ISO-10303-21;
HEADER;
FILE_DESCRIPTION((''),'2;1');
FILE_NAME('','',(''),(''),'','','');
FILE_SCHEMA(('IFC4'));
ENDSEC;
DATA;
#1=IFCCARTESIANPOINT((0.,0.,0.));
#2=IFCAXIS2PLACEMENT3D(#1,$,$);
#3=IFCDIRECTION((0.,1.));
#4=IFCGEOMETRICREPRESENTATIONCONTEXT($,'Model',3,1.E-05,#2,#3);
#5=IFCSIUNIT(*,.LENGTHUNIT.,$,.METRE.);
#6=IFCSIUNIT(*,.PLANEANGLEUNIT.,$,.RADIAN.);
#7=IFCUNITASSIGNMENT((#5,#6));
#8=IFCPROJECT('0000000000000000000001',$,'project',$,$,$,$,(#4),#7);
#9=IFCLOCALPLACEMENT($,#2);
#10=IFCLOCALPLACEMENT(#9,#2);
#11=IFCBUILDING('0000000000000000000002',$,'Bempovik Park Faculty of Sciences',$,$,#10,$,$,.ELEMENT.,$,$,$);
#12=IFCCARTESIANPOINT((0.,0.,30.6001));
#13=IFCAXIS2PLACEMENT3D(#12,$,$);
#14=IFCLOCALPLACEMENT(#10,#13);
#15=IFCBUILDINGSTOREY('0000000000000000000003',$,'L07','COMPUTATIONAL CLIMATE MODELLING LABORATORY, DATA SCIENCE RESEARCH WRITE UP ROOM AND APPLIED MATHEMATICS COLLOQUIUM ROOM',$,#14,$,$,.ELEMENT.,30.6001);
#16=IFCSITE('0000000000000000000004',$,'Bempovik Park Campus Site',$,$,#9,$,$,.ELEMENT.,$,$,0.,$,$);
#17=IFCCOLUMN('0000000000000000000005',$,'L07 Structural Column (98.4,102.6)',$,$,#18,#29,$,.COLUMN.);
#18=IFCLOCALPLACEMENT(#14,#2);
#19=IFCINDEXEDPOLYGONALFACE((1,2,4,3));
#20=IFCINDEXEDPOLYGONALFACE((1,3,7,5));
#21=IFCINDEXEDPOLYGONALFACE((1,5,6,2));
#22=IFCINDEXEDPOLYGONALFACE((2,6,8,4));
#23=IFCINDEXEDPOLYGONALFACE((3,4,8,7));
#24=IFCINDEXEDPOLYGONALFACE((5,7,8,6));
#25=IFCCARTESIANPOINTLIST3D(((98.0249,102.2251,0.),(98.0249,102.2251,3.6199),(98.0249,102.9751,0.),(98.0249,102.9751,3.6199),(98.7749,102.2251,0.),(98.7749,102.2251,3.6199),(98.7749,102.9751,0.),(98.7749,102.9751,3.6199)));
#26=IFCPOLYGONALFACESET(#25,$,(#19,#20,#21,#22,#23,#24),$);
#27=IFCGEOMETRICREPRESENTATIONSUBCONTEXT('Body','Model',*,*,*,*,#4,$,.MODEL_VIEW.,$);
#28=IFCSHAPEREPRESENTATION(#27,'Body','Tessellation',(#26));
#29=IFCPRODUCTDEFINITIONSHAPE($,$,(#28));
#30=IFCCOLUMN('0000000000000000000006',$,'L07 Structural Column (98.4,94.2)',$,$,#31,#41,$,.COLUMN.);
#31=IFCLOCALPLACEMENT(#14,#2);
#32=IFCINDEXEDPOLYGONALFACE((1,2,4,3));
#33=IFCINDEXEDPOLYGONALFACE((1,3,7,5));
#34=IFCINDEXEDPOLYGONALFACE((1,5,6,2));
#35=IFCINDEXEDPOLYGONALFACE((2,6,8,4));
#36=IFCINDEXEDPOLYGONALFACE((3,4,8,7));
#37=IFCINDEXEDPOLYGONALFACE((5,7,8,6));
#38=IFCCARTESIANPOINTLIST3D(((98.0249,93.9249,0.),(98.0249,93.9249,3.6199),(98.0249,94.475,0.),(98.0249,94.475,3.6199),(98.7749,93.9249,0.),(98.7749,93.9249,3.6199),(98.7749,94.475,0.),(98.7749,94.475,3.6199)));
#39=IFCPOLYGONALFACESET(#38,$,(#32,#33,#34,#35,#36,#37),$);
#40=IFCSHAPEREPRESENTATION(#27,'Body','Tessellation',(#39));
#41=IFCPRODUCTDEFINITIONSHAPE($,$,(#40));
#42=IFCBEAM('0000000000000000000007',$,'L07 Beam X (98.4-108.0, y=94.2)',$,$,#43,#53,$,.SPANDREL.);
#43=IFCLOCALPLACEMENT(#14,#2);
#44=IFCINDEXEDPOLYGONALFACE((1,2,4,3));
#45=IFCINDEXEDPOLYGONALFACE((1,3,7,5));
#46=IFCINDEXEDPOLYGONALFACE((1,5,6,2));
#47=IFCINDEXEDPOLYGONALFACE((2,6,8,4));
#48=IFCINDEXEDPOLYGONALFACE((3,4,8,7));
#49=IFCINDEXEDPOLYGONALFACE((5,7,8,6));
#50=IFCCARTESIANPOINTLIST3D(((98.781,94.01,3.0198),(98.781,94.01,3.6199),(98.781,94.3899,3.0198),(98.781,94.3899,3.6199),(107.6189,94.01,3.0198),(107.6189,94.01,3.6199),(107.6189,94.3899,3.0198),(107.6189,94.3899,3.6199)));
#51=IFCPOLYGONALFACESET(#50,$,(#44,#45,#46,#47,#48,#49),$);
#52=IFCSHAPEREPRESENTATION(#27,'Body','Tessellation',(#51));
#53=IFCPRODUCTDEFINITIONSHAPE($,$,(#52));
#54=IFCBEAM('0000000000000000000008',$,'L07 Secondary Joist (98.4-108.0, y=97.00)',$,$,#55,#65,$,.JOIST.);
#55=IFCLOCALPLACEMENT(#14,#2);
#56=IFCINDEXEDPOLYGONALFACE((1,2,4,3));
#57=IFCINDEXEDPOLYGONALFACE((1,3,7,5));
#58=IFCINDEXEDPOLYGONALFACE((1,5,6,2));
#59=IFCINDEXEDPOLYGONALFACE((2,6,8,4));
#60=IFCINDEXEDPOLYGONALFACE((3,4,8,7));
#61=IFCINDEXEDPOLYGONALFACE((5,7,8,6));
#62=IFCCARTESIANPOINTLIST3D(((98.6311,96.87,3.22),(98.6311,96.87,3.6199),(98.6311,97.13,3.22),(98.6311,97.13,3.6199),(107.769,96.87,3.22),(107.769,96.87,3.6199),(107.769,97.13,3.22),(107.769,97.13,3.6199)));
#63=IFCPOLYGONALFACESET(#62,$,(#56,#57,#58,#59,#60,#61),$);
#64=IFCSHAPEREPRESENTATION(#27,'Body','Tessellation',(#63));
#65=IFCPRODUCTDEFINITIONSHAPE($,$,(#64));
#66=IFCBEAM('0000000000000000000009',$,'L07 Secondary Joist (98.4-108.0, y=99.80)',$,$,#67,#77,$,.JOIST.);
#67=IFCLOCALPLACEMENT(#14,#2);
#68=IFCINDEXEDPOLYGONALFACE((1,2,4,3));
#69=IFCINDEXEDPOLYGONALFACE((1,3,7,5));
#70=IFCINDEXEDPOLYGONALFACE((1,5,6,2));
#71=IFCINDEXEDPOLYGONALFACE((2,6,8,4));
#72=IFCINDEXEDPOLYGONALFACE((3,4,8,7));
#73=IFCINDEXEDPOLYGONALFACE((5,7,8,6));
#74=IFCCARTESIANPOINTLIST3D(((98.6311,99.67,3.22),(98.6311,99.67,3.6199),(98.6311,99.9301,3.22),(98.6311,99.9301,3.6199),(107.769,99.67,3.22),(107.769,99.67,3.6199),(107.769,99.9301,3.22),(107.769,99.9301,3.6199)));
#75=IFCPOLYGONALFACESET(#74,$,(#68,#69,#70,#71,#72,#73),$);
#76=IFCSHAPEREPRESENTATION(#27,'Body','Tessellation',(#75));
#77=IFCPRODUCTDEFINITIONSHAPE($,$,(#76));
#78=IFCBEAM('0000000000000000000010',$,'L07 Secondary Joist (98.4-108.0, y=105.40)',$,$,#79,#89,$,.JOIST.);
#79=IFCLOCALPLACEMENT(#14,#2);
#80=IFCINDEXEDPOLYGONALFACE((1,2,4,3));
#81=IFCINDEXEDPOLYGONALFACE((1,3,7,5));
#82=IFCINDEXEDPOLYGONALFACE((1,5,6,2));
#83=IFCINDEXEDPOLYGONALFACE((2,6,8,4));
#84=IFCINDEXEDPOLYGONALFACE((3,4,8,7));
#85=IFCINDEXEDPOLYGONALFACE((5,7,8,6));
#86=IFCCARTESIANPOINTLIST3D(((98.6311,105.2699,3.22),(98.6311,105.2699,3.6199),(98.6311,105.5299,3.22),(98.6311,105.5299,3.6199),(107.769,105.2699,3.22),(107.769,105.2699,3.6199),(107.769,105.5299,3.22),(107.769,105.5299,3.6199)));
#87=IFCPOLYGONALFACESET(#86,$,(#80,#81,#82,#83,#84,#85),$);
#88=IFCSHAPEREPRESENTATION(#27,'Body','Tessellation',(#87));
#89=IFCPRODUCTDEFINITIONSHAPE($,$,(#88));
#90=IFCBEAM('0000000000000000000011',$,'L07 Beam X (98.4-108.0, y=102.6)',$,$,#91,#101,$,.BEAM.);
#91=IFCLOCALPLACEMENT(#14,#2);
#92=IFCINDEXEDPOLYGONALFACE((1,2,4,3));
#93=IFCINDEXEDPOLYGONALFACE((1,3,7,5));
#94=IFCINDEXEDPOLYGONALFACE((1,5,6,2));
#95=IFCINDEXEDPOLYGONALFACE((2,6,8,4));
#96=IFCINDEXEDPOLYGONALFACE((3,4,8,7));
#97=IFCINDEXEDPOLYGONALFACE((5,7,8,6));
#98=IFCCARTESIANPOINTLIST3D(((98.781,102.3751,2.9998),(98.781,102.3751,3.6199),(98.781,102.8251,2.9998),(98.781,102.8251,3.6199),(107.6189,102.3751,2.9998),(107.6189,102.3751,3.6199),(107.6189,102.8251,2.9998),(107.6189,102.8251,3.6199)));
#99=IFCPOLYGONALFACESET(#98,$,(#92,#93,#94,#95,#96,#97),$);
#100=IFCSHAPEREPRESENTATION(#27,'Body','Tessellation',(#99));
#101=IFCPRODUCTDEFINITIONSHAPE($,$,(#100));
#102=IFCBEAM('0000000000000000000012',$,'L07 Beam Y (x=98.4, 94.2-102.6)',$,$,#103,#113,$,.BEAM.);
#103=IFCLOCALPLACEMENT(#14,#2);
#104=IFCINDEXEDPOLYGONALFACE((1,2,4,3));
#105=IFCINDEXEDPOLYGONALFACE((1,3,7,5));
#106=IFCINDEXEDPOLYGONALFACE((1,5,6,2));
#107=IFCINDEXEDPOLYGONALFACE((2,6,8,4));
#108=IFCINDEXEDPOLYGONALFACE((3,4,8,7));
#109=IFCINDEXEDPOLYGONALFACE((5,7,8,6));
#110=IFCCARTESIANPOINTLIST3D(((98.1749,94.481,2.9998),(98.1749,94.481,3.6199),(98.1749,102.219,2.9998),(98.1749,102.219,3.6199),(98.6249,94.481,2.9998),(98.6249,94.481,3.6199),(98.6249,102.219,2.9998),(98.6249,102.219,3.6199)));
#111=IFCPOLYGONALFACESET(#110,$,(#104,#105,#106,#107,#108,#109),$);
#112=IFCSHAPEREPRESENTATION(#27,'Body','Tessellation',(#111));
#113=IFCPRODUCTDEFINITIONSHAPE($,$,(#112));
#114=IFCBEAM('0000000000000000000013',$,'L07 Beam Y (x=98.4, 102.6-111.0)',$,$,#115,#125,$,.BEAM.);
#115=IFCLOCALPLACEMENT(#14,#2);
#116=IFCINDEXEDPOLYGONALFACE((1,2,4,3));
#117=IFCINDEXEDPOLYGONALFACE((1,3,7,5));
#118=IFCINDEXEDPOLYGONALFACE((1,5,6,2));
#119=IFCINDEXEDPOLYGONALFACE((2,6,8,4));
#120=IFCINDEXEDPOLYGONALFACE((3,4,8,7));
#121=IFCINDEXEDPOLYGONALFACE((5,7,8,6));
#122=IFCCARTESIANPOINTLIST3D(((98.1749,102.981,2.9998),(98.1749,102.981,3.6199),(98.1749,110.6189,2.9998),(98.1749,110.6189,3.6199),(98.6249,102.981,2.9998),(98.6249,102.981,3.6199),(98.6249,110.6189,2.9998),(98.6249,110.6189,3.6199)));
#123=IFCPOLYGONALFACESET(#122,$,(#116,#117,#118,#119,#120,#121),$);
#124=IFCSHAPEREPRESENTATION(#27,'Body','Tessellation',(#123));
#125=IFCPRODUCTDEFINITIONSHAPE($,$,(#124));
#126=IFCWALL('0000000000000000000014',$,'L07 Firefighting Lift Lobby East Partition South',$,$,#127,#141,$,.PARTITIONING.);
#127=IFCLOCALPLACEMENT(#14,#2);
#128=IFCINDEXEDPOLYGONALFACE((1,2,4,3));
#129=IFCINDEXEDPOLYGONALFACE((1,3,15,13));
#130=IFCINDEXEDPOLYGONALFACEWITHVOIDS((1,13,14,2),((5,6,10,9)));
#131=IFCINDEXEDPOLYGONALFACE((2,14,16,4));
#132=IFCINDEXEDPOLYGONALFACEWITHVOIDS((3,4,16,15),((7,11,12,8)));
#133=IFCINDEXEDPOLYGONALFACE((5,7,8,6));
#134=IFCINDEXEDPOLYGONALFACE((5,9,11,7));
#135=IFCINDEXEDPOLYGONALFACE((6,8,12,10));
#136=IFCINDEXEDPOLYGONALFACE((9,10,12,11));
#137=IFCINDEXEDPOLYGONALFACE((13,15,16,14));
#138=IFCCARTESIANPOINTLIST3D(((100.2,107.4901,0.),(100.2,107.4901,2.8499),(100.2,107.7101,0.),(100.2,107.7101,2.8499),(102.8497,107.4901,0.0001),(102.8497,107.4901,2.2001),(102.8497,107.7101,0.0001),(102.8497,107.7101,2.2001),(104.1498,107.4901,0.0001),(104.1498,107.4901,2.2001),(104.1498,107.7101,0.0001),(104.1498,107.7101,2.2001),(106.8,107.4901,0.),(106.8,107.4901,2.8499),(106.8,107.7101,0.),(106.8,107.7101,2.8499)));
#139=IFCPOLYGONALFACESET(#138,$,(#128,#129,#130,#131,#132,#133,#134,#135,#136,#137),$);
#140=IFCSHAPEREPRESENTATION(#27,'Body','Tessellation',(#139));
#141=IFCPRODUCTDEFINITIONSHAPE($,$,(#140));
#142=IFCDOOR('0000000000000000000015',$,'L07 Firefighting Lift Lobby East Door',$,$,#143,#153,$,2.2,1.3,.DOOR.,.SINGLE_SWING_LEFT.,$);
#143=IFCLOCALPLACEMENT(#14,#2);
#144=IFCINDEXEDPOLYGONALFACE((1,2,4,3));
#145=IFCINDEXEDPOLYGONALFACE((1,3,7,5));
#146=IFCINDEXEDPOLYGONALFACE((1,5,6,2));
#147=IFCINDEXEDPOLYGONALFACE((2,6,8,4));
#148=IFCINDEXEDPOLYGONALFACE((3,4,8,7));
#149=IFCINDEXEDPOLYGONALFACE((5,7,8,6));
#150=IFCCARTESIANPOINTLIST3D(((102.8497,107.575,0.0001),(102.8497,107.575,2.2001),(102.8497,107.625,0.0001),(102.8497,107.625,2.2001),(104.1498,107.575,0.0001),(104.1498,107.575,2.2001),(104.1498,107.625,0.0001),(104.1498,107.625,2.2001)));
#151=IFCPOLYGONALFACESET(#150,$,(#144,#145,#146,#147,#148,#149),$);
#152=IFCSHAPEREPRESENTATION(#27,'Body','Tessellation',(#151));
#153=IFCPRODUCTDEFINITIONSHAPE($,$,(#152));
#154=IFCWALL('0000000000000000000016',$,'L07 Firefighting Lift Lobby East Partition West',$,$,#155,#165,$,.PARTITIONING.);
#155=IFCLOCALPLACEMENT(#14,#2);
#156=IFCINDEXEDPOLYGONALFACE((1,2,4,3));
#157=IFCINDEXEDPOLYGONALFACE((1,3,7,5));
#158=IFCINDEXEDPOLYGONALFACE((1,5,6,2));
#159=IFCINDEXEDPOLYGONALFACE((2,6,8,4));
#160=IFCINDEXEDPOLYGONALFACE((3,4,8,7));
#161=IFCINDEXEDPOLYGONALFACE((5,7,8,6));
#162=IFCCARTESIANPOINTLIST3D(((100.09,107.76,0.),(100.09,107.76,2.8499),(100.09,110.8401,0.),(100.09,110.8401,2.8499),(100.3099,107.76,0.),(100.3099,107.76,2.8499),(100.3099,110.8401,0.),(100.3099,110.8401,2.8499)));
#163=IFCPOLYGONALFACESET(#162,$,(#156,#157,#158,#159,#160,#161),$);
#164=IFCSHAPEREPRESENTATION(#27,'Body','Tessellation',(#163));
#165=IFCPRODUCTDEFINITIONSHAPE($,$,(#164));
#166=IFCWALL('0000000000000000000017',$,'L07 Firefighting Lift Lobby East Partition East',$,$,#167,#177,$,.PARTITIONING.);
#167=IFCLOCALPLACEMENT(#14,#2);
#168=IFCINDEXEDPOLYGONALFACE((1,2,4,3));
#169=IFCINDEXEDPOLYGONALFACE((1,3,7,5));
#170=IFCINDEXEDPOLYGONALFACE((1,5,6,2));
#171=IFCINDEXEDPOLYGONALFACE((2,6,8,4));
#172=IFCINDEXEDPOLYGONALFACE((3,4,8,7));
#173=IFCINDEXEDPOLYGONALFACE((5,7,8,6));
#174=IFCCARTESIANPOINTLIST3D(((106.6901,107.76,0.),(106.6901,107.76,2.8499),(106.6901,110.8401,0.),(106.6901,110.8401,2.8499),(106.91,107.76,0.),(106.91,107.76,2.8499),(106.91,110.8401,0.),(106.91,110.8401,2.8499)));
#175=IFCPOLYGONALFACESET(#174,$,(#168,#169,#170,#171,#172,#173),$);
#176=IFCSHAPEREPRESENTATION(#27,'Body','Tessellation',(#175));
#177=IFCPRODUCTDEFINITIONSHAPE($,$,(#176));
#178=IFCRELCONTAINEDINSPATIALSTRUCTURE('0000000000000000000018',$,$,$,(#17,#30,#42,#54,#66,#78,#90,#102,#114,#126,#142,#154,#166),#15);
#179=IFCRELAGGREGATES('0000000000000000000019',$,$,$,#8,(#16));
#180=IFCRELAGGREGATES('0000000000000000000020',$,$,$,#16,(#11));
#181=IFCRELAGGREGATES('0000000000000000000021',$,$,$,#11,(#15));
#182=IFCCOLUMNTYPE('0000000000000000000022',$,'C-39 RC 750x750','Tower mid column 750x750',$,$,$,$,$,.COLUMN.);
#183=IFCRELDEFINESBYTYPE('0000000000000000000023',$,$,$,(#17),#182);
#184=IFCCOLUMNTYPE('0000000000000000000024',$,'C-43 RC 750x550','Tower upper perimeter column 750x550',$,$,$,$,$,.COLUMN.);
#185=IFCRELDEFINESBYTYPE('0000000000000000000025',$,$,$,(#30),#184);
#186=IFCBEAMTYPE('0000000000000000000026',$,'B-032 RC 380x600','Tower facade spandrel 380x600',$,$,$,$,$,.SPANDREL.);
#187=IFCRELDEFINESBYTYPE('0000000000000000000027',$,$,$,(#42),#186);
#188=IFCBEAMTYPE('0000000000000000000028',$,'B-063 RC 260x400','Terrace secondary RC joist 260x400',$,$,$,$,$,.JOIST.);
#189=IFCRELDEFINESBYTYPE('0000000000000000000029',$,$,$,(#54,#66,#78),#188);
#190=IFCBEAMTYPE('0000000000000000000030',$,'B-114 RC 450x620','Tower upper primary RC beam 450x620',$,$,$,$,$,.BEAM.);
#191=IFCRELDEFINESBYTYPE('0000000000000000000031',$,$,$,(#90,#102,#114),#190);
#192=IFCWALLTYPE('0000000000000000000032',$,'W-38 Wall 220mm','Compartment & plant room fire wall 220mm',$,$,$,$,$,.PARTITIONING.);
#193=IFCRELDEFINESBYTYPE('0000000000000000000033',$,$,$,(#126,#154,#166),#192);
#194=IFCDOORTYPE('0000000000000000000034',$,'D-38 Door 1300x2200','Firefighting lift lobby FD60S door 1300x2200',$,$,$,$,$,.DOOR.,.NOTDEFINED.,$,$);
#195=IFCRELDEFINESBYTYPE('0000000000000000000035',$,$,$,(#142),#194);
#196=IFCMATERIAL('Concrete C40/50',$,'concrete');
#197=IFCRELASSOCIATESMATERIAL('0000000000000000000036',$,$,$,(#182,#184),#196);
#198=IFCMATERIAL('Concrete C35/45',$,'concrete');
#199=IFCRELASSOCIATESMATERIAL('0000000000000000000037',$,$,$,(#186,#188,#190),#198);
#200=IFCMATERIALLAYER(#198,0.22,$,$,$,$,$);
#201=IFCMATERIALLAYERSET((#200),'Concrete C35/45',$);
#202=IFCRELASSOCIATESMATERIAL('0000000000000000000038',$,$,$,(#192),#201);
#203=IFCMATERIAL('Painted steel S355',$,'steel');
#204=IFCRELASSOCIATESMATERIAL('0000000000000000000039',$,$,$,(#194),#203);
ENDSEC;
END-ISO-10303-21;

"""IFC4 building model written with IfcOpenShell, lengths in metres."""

from ifc_helpers import new_model, si_unit, direction, frame, frame_2d, origin, origin_2d, place, context, subcontext, project, spatial, rectangle, extrude, material, layer, layer_set, material_profile, profile_set, type_object, element, fill, save


model = new_model("IFC4")

# Units and contexts
model_context = context("Model", 3, precision=1e-05, world=origin(), true_north=direction((0.0, 1.0)))
body_context = subcontext(model_context, "Body", "Model", "MODEL_VIEW")
ifc_project = project(units=[si_unit("LENGTHUNIT", "METRE"), si_unit("PLANEANGLEUNIT", "RADIAN")], contexts=[model_context])

# Site, building, storey
site_placement = place(None, origin())
site = spatial("IfcSite", under=ifc_project, at=site_placement, Name="Bempovik Park Campus Site", CompositionType="ELEMENT", RefElevation=0.0)
building_placement = place(site_placement, origin())
building = spatial("IfcBuilding", under=site, at=building_placement, Name="Bempovik Park Faculty of Sciences", CompositionType="ELEMENT")
storey_placement = place(building_placement, frame((0.0, 0.0, 30.6001)))
storey = spatial("IfcBuildingStorey", under=building, at=storey_placement, Name="L07", Description="COMPUTATIONAL CLIMATE MODELLING LABORATORY, DATA SCIENCE RESEARCH WRITE UP ROOM AND APPLIED MATHEMATICS COLLOQUIUM ROOM", CompositionType="ELEMENT", Elevation=30.6001)

# Columns
ifc_material_1 = material(Name="Concrete C40/50", Category="concrete")
ifc_material_profile_1 = material_profile(ifc_material_1, rectangle(XDim=0.75, YDim=0.75, at=origin_2d()), Name="RC 750x750")
ifc_profile_set_1 = profile_set([ifc_material_profile_1], Name="Concrete C40/50")
column_type_1 = type_object("IfcColumnType", Name="C-39 RC 750x750", Description="Tower mid column 750x750", PredefinedType="COLUMN", material=ifc_profile_set_1)
column_1_placement = place(storey_placement, frame((98.3999, 102.6001, 0.0), z_axis=(0.0, 0.0, 1.0), x_axis=(1.0, 0.0, 0.0)))
element("IfcColumn", 1, at=column_1_placement, inside=storey, type_object=column_type_1, Name="L07 Structural Column (98.4,102.6)", PredefinedType="COLUMN", context=body_context, shape_type="SweptSolid", body=[
    extrude(rectangle(XDim=0.75, YDim=0.75, at=origin_2d()), origin(), (0.0, 0.0, 1.0), 3.6199),
])
ifc_material_profile_2 = material_profile(ifc_material_1, rectangle(XDim=0.75, YDim=0.55, at=origin_2d()), Name="RC 750x550")
ifc_profile_set_2 = profile_set([ifc_material_profile_2], Name="Concrete C40/50")
column_type_2 = type_object("IfcColumnType", Name="C-43 RC 750x550", Description="Tower upper perimeter column 750x550", PredefinedType="COLUMN", material=ifc_profile_set_2)
column_2_placement = place(storey_placement, frame((98.3999, 94.2, 0.0), z_axis=(0.0, 0.0, 1.0), x_axis=(1.0, 0.0, 0.0)))
element("IfcColumn", 2, at=column_2_placement, inside=storey, type_object=column_type_2, Name="L07 Structural Column (98.4,94.2)", PredefinedType="COLUMN", context=body_context, shape_type="SweptSolid", body=[
    extrude(rectangle(XDim=0.75, YDim=0.55, at=origin_2d()), origin(), (0.0, 0.0, 1.0), 3.6199),
])

# Beams
ifc_material_2 = material(Name="Concrete C35/45", Category="concrete")
ifc_material_profile_3 = material_profile(ifc_material_2, rectangle(XDim=0.3799, YDim=0.6001, at=origin_2d()), Name="RC 380x600")
ifc_profile_set_3 = profile_set([ifc_material_profile_3], Name="Concrete C35/45")
beam_type_1 = type_object("IfcBeamType", Name="B-032 RC 380x600", Description="Tower facade spandrel 380x600", PredefinedType="SPANDREL", material=ifc_profile_set_3)
beam_1_placement = place(storey_placement, frame((98.781, 94.2, 3.3198), z_axis=(1.0, 0.0, 0.0), x_axis=(0.0, 1.0, 0.0)))
element("IfcBeam", 3, at=beam_1_placement, inside=storey, type_object=beam_type_1, Name="L07 Beam X (98.4-108.0, y=94.2)", PredefinedType="SPANDREL", context=body_context, shape_type="SweptSolid", body=[
    extrude(rectangle(XDim=0.3799, YDim=0.6001, at=origin_2d()), origin(), (0.0, 0.0, 1.0), 8.8379),
])
ifc_material_profile_4 = material_profile(ifc_material_2, rectangle(XDim=0.26, YDim=0.3999, at=origin_2d()), Name="RC 260x400")
ifc_profile_set_4 = profile_set([ifc_material_profile_4], Name="Concrete C35/45")
beam_type_2 = type_object("IfcBeamType", Name="B-063 RC 260x400", Description="Terrace secondary RC joist 260x400", PredefinedType="JOIST", material=ifc_profile_set_4)
for number, where, z_axis, x_axis, name in (
    (4, (98.6311, 97.0, 3.4199), (1.0, 0.0, 0.0), (0.0, 1.0, 0.0), "L07 Secondary Joist (98.4-108.0, y=97.00)"),
    (5, (98.6311, 99.8, 3.4199), (1.0, 0.0, 0.0), (0.0, 1.0, 0.0), "L07 Secondary Joist (98.4-108.0, y=99.80)"),
    (6, (98.6311, 105.3999, 3.4199), (1.0, 0.0, 0.0), (0.0, 1.0, 0.0), "L07 Secondary Joist (98.4-108.0, y=105.40)"),
):
    element("IfcBeam", number, at=place(storey_placement, frame(where, z_axis=z_axis, x_axis=x_axis)), inside=storey, type_object=beam_type_2, Name=name, PredefinedType="JOIST", context=body_context, shape_type="SweptSolid", body=[
        extrude(rectangle(XDim=0.26, YDim=0.3999, at=origin_2d()), origin(), (0.0, 0.0, 1.0), 9.1379),
    ])
ifc_material_profile_5 = material_profile(ifc_material_2, rectangle(XDim=0.45, YDim=0.6201, at=origin_2d()), Name="RC 450x620")
ifc_profile_set_5 = profile_set([ifc_material_profile_5], Name="Concrete C35/45")
beam_type_3 = type_object("IfcBeamType", Name="B-114 RC 450x620", Description="Tower upper primary RC beam 450x620", PredefinedType="BEAM", material=ifc_profile_set_5)
beam_2_placement = place(storey_placement, frame((98.781, 102.6001, 3.3098), z_axis=(1.0, 0.0, 0.0), x_axis=(0.0, 1.0, 0.0)))
element("IfcBeam", 7, at=beam_2_placement, inside=storey, type_object=beam_type_3, Name="L07 Beam X (98.4-108.0, y=102.6)", PredefinedType="BEAM", context=body_context, shape_type="SweptSolid", body=[
    extrude(rectangle(XDim=0.45, YDim=0.6201, at=origin_2d()), origin(), (0.0, 0.0, 1.0), 8.8379),
])
beam_3_placement = place(storey_placement, frame((98.3999, 94.481, 3.3098), z_axis=(0.0, 1.0, 0.0), x_axis=(-1.0, 0.0, 0.0)))
element("IfcBeam", 8, at=beam_3_placement, inside=storey, type_object=beam_type_3, Name="L07 Beam Y (x=98.4, 94.2-102.6)", PredefinedType="BEAM", context=body_context, shape_type="SweptSolid", body=[
    extrude(rectangle(XDim=0.45, YDim=0.6201, at=origin_2d()), origin(), (0.0, 0.0, 1.0), 7.738),
])
beam_4_placement = place(storey_placement, frame((98.3999, 102.981, 3.3098), z_axis=(0.0, 1.0, 0.0), x_axis=(-1.0, 0.0, 0.0)))
element("IfcBeam", 9, at=beam_4_placement, inside=storey, type_object=beam_type_3, Name="L07 Beam Y (x=98.4, 102.6-111.0)", PredefinedType="BEAM", context=body_context, shape_type="SweptSolid", body=[
    extrude(rectangle(XDim=0.45, YDim=0.6201, at=origin_2d()), origin(), (0.0, 0.0, 1.0), 7.6379),
])

# Wall, opening, door
ifc_layer_1 = layer(ifc_material_2, 0.22)
ifc_layer_set_1 = layer_set([ifc_layer_1], Name="Concrete C35/45")
wall_type_1 = type_object("IfcWallType", Name="W-38 Wall 220mm", Description="Compartment & plant room fire wall 220mm", PredefinedType="PARTITIONING", material=ifc_layer_set_1)
wall_1_placement = place(storey_placement, frame((100.2, 107.6001, 0.0), z_axis=(0.0, 0.0, 1.0), x_axis=(1.0, 0.0, 0.0)))
wall_1 = element("IfcWall", 10, at=wall_1_placement, inside=storey, type_object=wall_type_1, Name="L07 Firefighting Lift Lobby East Partition South", PredefinedType="PARTITIONING", context=body_context, shape_type="SweptSolid", body=[
    extrude(rectangle(XDim=6.6001, YDim=0.22, at=frame_2d((3.3, 0.0))), origin(), (0.0, 0.0, 1.0), 2.8499),
])
opening_1_placement = place(wall_1_placement, frame((2.6499, 0.0, 0.0)))
opening_1 = element("IfcOpeningElement", 11, at=opening_1_placement, cuts=wall_1, PredefinedType="OPENING", context=body_context, shape_type="SweptSolid", body=[
    extrude(rectangle(XDim=1.3, YDim=2.2, at=frame_2d((0.6499, 1.1001))), frame((0.0, 0.1201, 0.0), z_axis=(0.0, -1.0, 0.0), x_axis=(1.0, 0.0, 0.0)), (0.0, 0.0, 1.0), 0.24),
])
ifc_material_3 = material(Name="Painted steel S355", Category="steel")
door_type_1 = type_object("IfcDoorType", Name="D-38 Door 1300x2200", Description="Firefighting lift lobby FD60S door 1300x2200", OperationType="NOTDEFINED", PredefinedType="DOOR", material=ifc_material_3)
door_1_placement = place(opening_1_placement, origin())
door_1 = element("IfcDoor", 12, at=door_1_placement, inside=storey, type_object=door_type_1, Name="L07 Firefighting Lift Lobby East Door", OperationType="SINGLE_SWING_LEFT", OverallHeight=2.2, OverallWidth=1.3, PredefinedType="DOOR", context=body_context, shape_type="SweptSolid", body=[
    extrude(rectangle(XDim=1.3, YDim=2.2, at=frame_2d((0.6499, 1.1001))), frame((0.0, 0.0249, 0.0), z_axis=(0.0, -1.0, 0.0), x_axis=(1.0, 0.0, 0.0)), (0.0, 0.0, 1.0), 0.05),
])
fill(opening_1, door_1)

# Walls
for number, where, z_axis, x_axis, name in (
    (13, (100.2, 107.76, 0.0), (0.0, 0.0, 1.0), (0.0, 1.0, 0.0), "L07 Firefighting Lift Lobby East Partition West"),
    (14, (106.8, 107.76, 0.0), (0.0, 0.0, 1.0), (0.0, 1.0, 0.0), "L07 Firefighting Lift Lobby East Partition East"),
):
    element("IfcWall", number, at=place(storey_placement, frame(where, z_axis=z_axis, x_axis=x_axis)), inside=storey, type_object=wall_type_1, Name=name, PredefinedType="PARTITIONING", context=body_context, shape_type="SweptSolid", body=[
        extrude(rectangle(XDim=3.0801, YDim=0.22, at=frame_2d((1.54, 0.0))), origin(), (0.0, 0.0, 1.0), 2.8499),
    ])

save(model, "model.ifc")
